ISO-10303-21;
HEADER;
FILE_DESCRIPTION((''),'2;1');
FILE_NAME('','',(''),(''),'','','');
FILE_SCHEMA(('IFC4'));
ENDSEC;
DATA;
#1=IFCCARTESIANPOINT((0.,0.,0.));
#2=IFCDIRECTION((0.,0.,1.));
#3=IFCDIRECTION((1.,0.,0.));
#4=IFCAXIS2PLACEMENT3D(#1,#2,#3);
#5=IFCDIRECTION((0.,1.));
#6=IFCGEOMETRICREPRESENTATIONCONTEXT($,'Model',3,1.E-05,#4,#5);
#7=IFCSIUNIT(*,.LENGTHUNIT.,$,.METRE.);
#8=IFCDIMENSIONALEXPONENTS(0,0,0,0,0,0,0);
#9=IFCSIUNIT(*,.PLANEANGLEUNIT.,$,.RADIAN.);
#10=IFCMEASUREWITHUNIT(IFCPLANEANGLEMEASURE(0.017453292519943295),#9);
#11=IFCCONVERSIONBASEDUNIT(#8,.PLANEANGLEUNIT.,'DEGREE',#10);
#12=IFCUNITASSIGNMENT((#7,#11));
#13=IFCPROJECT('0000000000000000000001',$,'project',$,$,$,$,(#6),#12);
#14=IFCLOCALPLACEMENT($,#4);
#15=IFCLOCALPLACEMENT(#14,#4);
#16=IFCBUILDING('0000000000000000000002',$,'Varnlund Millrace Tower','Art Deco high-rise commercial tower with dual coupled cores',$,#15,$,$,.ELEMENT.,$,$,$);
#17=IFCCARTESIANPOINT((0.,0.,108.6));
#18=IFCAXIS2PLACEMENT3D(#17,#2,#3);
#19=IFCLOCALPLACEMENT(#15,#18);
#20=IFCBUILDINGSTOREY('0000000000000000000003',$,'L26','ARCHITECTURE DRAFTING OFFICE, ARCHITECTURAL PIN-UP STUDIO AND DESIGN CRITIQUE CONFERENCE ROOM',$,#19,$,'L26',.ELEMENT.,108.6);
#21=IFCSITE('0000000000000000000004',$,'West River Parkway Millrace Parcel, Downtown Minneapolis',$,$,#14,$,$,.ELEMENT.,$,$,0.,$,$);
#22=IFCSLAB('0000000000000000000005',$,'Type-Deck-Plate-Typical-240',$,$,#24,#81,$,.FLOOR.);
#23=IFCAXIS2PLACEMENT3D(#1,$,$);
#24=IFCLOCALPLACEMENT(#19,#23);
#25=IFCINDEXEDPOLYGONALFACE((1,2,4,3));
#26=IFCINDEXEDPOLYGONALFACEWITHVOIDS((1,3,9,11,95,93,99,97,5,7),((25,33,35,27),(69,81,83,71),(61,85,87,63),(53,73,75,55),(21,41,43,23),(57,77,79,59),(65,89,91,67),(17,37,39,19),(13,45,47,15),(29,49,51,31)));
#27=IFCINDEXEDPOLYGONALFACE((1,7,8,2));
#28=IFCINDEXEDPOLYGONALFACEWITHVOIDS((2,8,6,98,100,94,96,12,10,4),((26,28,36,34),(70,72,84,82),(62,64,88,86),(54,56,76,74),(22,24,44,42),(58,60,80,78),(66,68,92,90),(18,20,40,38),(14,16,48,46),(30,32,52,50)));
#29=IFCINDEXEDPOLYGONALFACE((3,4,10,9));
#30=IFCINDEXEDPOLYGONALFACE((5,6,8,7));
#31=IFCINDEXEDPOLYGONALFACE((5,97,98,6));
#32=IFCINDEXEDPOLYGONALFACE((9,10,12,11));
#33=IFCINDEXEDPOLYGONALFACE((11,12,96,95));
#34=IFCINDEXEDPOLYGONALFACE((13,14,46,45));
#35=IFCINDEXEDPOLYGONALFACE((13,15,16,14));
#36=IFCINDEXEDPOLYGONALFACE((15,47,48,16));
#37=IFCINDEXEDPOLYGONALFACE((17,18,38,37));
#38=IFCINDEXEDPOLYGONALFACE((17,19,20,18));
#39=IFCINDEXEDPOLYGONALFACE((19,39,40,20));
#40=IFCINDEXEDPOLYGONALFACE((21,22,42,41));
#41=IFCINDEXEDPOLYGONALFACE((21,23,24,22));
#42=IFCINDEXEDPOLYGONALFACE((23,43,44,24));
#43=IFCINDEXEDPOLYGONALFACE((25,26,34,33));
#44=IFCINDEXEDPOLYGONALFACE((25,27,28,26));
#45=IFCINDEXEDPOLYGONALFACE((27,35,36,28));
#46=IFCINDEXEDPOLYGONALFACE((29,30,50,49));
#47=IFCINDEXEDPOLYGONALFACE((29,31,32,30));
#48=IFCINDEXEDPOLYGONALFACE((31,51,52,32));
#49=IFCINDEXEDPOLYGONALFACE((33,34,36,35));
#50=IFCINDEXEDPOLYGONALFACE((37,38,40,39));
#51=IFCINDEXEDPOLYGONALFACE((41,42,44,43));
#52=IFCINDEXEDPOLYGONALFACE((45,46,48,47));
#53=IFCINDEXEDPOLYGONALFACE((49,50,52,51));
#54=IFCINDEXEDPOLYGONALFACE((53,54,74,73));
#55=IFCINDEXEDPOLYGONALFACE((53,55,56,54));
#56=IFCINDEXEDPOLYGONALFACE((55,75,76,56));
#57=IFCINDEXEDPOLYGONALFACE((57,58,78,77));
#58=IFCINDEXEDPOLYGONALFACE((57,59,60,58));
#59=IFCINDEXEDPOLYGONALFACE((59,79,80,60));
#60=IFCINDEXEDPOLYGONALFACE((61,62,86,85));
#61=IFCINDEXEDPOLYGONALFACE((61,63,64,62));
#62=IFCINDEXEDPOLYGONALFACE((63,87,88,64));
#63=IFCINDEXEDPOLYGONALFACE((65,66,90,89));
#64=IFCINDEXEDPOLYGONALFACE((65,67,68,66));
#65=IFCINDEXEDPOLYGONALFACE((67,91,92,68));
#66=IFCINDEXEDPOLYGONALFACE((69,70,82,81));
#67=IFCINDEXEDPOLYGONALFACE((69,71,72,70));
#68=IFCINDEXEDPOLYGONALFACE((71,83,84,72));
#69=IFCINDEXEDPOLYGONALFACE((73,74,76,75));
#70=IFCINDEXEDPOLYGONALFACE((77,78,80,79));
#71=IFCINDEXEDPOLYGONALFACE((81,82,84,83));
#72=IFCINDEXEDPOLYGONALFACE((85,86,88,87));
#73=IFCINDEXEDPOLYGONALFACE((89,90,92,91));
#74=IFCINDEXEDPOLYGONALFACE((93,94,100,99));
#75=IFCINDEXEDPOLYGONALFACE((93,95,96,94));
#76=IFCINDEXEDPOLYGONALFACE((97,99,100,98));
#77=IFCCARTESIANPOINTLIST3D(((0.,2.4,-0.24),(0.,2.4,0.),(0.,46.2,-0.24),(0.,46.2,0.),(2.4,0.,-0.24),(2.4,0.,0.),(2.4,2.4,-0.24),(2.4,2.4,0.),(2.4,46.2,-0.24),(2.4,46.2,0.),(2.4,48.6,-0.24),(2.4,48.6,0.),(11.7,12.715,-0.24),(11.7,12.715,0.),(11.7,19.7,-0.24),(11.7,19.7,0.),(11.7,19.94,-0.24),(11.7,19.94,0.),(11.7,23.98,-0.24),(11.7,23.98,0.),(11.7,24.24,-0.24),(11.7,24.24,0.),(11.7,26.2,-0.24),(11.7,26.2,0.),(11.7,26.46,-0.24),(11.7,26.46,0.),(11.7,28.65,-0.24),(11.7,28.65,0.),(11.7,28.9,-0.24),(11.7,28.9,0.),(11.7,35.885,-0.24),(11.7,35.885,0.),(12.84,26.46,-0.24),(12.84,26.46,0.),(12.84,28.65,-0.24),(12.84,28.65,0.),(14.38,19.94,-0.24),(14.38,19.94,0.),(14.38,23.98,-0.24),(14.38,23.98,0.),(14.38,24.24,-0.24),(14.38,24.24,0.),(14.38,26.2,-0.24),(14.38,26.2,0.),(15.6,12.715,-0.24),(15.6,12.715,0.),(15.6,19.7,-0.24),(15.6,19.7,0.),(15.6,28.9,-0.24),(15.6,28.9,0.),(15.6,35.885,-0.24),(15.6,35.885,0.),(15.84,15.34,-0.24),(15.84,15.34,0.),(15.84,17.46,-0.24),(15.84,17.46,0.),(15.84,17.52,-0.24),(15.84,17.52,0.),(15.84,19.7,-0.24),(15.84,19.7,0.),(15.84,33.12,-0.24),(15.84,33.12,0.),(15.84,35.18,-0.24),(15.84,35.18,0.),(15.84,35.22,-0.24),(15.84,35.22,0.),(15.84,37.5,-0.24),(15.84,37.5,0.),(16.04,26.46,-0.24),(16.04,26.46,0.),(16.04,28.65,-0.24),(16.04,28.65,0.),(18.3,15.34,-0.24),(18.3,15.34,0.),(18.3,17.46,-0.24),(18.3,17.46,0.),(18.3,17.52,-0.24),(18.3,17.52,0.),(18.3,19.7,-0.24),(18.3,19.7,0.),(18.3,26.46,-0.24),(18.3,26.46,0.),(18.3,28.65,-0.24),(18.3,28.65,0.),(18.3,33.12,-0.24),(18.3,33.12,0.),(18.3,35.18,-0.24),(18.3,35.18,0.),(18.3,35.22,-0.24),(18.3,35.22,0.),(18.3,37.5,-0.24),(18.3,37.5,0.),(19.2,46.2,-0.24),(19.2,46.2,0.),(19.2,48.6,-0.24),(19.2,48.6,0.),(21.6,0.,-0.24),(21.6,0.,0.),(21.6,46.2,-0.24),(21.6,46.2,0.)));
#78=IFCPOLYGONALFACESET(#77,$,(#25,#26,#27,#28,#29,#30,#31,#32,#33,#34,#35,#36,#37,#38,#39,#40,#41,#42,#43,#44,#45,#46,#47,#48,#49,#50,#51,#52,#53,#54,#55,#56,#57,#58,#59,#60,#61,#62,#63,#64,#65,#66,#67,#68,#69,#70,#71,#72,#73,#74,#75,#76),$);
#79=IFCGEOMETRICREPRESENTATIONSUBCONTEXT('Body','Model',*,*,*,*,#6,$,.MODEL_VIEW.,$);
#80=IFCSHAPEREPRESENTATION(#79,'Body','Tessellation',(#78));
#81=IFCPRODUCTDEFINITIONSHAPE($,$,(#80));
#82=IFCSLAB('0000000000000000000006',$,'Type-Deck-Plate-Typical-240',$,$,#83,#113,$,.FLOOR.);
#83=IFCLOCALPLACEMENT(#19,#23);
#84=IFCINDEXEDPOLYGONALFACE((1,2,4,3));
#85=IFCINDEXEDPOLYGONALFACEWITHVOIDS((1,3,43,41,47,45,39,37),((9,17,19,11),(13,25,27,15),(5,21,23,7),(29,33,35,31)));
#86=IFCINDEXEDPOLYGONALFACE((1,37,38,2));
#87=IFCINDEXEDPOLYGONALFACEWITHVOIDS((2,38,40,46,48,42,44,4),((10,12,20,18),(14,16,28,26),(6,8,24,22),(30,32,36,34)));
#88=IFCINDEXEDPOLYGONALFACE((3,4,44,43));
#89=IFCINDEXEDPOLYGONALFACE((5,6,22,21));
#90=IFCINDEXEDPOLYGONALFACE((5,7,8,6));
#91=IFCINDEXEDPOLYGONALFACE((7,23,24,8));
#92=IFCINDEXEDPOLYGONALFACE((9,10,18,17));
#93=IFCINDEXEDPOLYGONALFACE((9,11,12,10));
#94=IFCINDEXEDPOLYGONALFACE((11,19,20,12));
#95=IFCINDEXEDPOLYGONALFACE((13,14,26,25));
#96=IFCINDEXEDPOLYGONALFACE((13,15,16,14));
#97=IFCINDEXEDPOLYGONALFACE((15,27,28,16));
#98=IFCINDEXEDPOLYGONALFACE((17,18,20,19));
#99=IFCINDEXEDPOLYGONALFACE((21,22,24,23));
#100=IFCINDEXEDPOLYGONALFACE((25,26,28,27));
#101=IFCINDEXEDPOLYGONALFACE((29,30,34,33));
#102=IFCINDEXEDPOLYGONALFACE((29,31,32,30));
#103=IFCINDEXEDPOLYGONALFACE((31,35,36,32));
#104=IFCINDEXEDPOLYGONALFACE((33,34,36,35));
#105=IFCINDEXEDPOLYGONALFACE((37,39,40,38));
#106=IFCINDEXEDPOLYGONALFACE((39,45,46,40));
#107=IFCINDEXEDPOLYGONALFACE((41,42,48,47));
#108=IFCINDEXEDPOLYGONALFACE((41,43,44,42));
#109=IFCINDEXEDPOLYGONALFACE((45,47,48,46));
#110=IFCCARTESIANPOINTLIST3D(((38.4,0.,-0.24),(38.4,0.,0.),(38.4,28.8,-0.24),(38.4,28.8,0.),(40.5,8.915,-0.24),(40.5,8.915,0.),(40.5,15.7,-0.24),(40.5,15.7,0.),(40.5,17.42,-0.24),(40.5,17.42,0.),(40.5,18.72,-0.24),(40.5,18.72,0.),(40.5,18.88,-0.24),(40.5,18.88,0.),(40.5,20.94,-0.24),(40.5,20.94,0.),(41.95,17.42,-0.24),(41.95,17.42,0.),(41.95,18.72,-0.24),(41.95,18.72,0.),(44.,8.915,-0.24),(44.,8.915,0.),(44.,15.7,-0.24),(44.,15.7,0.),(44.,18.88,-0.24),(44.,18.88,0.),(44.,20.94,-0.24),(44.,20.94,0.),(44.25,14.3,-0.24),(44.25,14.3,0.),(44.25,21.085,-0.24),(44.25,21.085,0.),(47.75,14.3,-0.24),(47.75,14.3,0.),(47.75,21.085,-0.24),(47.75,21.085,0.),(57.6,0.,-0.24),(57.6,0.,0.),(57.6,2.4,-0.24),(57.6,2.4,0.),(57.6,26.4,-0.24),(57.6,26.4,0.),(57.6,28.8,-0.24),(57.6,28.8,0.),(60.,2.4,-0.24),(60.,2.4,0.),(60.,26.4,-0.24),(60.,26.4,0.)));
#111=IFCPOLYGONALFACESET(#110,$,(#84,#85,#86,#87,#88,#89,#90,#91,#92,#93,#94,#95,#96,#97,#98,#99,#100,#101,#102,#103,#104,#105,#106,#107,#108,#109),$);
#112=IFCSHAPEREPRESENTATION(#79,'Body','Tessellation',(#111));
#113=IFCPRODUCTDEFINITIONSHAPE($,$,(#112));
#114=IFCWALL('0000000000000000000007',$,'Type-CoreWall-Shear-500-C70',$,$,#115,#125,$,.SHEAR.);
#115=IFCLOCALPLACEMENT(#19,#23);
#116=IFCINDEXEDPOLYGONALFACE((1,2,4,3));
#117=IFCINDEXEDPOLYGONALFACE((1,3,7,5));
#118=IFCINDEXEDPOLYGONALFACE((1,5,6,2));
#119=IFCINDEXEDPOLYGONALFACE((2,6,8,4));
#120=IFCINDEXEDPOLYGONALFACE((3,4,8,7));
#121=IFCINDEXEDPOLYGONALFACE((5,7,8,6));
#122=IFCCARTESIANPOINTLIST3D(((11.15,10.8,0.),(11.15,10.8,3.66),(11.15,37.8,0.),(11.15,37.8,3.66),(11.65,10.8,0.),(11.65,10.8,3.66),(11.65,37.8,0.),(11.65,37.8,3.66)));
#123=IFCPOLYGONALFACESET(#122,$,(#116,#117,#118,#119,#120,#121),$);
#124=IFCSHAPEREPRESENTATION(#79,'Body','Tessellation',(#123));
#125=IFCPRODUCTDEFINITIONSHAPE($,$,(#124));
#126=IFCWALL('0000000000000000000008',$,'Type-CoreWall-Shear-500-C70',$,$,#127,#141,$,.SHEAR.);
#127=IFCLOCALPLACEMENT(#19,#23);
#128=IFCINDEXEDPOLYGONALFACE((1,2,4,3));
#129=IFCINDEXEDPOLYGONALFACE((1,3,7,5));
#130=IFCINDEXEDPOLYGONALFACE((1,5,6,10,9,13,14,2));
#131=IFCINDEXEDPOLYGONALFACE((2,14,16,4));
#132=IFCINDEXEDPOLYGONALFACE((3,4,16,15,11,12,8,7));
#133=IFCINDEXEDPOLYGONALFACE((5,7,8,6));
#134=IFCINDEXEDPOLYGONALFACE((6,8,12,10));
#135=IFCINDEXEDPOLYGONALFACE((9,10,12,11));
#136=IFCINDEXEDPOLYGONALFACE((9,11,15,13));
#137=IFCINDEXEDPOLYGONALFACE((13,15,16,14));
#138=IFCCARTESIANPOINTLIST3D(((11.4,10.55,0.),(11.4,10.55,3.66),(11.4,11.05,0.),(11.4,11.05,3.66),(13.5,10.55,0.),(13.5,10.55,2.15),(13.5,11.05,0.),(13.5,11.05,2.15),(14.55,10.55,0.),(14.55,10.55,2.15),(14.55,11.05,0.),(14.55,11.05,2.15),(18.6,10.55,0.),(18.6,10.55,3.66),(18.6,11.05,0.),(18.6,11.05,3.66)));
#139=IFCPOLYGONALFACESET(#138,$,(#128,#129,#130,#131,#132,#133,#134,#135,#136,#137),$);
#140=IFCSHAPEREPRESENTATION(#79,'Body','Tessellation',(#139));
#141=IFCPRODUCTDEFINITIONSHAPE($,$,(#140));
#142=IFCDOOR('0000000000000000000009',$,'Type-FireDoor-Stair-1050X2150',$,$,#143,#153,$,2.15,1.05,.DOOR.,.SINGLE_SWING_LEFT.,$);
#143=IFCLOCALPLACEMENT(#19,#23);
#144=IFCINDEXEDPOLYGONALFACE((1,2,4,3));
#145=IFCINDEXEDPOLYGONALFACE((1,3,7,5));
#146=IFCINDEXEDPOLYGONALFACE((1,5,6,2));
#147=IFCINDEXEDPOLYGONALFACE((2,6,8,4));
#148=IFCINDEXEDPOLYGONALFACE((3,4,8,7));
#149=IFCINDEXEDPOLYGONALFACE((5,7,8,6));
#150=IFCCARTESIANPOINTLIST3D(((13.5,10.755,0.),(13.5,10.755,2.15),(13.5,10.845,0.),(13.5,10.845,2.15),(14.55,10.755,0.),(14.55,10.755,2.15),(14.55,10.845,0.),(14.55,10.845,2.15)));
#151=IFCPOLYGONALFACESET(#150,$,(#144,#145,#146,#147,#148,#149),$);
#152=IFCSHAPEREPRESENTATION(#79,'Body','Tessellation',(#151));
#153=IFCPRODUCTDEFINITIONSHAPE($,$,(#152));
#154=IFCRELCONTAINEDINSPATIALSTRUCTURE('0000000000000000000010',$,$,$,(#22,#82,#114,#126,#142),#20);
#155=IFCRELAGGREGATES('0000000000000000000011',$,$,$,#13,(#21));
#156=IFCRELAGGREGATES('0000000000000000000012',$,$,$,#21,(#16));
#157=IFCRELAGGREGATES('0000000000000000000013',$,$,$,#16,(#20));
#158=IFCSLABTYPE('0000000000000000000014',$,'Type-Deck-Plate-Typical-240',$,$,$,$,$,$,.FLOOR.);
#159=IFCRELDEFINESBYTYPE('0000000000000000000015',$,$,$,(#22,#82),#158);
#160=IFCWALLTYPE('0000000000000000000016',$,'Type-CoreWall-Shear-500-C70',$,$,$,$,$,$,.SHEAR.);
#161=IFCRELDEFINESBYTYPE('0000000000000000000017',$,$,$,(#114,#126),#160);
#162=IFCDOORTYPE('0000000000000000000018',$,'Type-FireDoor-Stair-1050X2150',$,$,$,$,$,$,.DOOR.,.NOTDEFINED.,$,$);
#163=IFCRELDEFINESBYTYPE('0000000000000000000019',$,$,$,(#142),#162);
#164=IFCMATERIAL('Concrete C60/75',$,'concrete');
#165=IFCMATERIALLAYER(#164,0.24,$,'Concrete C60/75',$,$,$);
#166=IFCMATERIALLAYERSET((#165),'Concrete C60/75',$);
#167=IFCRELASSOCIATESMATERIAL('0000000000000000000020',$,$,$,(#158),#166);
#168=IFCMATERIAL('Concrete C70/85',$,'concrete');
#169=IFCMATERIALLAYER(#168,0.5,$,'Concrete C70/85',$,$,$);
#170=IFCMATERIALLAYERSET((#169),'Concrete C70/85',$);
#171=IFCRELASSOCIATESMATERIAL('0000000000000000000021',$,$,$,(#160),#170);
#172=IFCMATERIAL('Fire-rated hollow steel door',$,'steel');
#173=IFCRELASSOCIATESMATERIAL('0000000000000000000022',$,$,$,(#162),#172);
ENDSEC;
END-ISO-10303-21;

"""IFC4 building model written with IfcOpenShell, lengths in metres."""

from ifc_helpers import new_model, entity, si_unit, converted_unit, direction, frame, origin_with_axes, origin_2d_with_axis, place, context, subcontext, project, spatial, polyline, rectangle, outline, extrude, material, layer, layer_set, type_object, element, fill, save


model = new_model("IFC4")

# Units and contexts
model_context = context("Model", 3, precision=1e-05, world=origin_with_axes(), true_north=direction((0.0, 1.0)))
body_context = subcontext(model_context, "Body", "Model", "MODEL_VIEW")
ifc_project = project(units=[si_unit("LENGTHUNIT", "METRE"), converted_unit("PLANEANGLEUNIT", "DEGREE", entity("IfcPlaneAngleMeasure", 0.017453292519943295), si_unit("PLANEANGLEUNIT", "RADIAN"), dimensions=[0, 0, 0, 0, 0, 0, 0])], contexts=[model_context])

# Site, building, storey
site_placement = place(None, origin_with_axes())
site = spatial("IfcSite", under=ifc_project, at=site_placement, Name="West River Parkway Millrace Parcel, Downtown Minneapolis", CompositionType="ELEMENT", RefElevation=0.0)
building_placement = place(site_placement, origin_with_axes())
building = spatial("IfcBuilding", under=site, at=building_placement, Name="Varnlund Millrace Tower", Description="Art Deco high-rise commercial tower with dual coupled cores", CompositionType="ELEMENT")
storey_placement = place(building_placement, frame((0.0, 0.0, 108.6), z_axis=(0.0, 0.0, 1.0), x_axis=(1.0, 0.0, 0.0)))
storey = spatial("IfcBuildingStorey", under=building, at=storey_placement, Name="L26", Description="ARCHITECTURE DRAFTING OFFICE, ARCHITECTURAL PIN-UP STUDIO AND DESIGN CRITIQUE CONFERENCE ROOM", LongName="L26", CompositionType="ELEMENT", Elevation=108.6)

# Slabs
ifc_material_1 = material(Name="Concrete C60/75", Category="concrete")
ifc_layer_1 = layer(ifc_material_1, 0.24, Name="Concrete C60/75")
ifc_layer_set_1 = layer_set([ifc_layer_1], Name="Concrete C60/75")
slab_type = type_object("IfcSlabType", Name="Type-Deck-Plate-Typical-240", PredefinedType="FLOOR", material=ifc_layer_set_1)
slab_1_placement = place(storey_placement, frame((0.0, 0.0, -0.24), z_axis=(0.0, 0.0, 1.0), x_axis=(1.0, 0.0, 0.0)))
element("IfcSlab", 1, at=slab_1_placement, inside=storey, type_object=slab_type, Name="Type-Deck-Plate-Typical-240", PredefinedType="FLOOR", context=body_context, shape_type="SweptSolid", body=[
    extrude(outline(polyline([(2.4, 2.4), (2.4, 0.0), (21.6, 0.0), (21.6, 46.2), (19.2, 46.2), (19.2, 48.6), (2.4, 48.6), (2.4, 46.2), (0.0, 46.2), (0.0, 2.4), (2.4, 2.4)]), holes=[polyline([(15.6, 19.7), (15.6, 12.715), (11.7, 12.715), (11.7, 19.7), (15.6, 19.7)]), polyline([(11.7, 23.98), (14.38, 23.98), (14.38, 19.94), (11.7, 19.94), (11.7, 23.98)]), polyline([(14.38, 24.24), (11.7, 24.24), (11.7, 26.2), (14.38, 26.2), (14.38, 24.24)]), polyline([(12.84, 26.46), (11.7, 26.46), (11.7, 28.65), (12.84, 28.65), (12.84, 26.46)]), polyline([(15.6, 35.885), (15.6, 28.9), (11.7, 28.9), (11.7, 35.885), (15.6, 35.885)]), polyline([(18.3, 15.34), (15.84, 15.34), (15.84, 17.46), (18.3, 17.46), (18.3, 15.34)]), polyline([(18.3, 17.52), (15.84, 17.52), (15.84, 19.7), (18.3, 19.7), (18.3, 17.52)]), polyline([(18.3, 28.65), (18.3, 26.46), (16.04, 26.46), (16.04, 28.65), (18.3, 28.65)]), polyline([(18.3, 33.12), (15.84, 33.12), (15.84, 35.18), (18.3, 35.18), (18.3, 33.12)]), polyline([(18.3, 35.22), (15.84, 35.22), (15.84, 37.5), (18.3, 37.5), (18.3, 35.22)])]), origin_with_axes(), (0.0, 0.0, 1.0), 0.24),
])
slab_2_placement = place(storey_placement, frame((0.0, 0.0, -0.24), z_axis=(0.0, 0.0, 1.0), x_axis=(1.0, 0.0, 0.0)))
element("IfcSlab", 2, at=slab_2_placement, inside=storey, type_object=slab_type, Name="Type-Deck-Plate-Typical-240", PredefinedType="FLOOR", context=body_context, shape_type="SweptSolid", body=[
    extrude(outline(polyline([(38.4, 0.0), (57.6, 0.0), (57.6, 2.4), (60.0, 2.4), (60.0, 26.4), (57.6, 26.4), (57.6, 28.8), (38.4, 28.8), (38.4, 0.0)]), holes=[polyline([(40.5, 15.7), (44.0, 15.7), (44.0, 8.915), (40.5, 8.915), (40.5, 15.7)]), polyline([(44.25, 21.085), (47.75, 21.085), (47.75, 14.3), (44.25, 14.3), (44.25, 21.085)]), polyline([(40.5, 18.72), (41.95, 18.72), (41.95, 17.42), (40.5, 17.42), (40.5, 18.72)]), polyline([(40.5, 20.94), (44.0, 20.94), (44.0, 18.88), (40.5, 18.88), (40.5, 20.94)])]), origin_with_axes(), (0.0, 0.0, 1.0), 0.24),
])

# Wall
ifc_material_2 = material(Name="Concrete C70/85", Category="concrete")
ifc_layer_2 = layer(ifc_material_2, 0.5, Name="Concrete C70/85")
ifc_layer_set_2 = layer_set([ifc_layer_2], Name="Concrete C70/85")
wall_type = type_object("IfcWallType", Name="Type-CoreWall-Shear-500-C70", PredefinedType="SHEAR", material=ifc_layer_set_2)
wall_1_placement = place(storey_placement, frame((11.4, 10.8, 0.0), z_axis=(0.0, 0.0, 1.0), x_axis=(0.0, 1.0, 0.0)))
element("IfcWall", 3, at=wall_1_placement, inside=storey, type_object=wall_type, Name="Type-CoreWall-Shear-500-C70", PredefinedType="SHEAR", context=body_context, shape_type="SweptSolid", body=[
    extrude(outline(polyline([(0.0, -0.25), (27.0, -0.25), (27.0, 0.25), (0.0, 0.25), (0.0, -0.25)])), origin_with_axes(), (0.0, 0.0, 1.0), 3.66),
])

# Wall, opening, door
wall_2_placement = place(storey_placement, frame((11.4, 10.8, 0.0), z_axis=(0.0, 0.0, 1.0), x_axis=(1.0, 0.0, 0.0)))
wall_2 = element("IfcWall", 4, at=wall_2_placement, inside=storey, type_object=wall_type, Name="Type-CoreWall-Shear-500-C70", PredefinedType="SHEAR", context=body_context, shape_type="SweptSolid", body=[
    extrude(outline(polyline([(0.0, -0.25), (7.2, -0.25), (7.2, 0.25), (0.0, 0.25), (0.0, -0.25)])), origin_with_axes(), (0.0, 0.0, 1.0), 3.66),
])
opening_1_placement = place(wall_2_placement, frame((2.625, 0.0, 0.0), z_axis=(0.0, 0.0, 1.0), x_axis=(1.0, 0.0, 0.0)))
opening_1 = element("IfcOpeningElement", 5, at=opening_1_placement, cuts=wall_2, PredefinedType="OPENING", context=body_context, shape_type="SweptSolid", body=[
    extrude(rectangle(XDim=1.05, YDim=0.52, at=origin_2d_with_axis()), origin_with_axes(), (0.0, 0.0, 1.0), 2.15),
])
ifc_material_3 = material(Name="Fire-rated hollow steel door", Category="steel")
door_type = type_object("IfcDoorType", Name="Type-FireDoor-Stair-1050X2150", OperationType="NOTDEFINED", PredefinedType="DOOR", material=ifc_material_3)
door_1_placement = place(wall_2_placement, frame((2.625, 0.0, 0.0), z_axis=(0.0, 0.0, 1.0), x_axis=(1.0, 0.0, 0.0)))
door_1 = element("IfcDoor", 6, at=door_1_placement, inside=storey, type_object=door_type, Name="Type-FireDoor-Stair-1050X2150", OperationType="SINGLE_SWING_LEFT", OverallHeight=2.15, OverallWidth=1.05, PredefinedType="DOOR", context=body_context, shape_type="SweptSolid", body=[
    extrude(rectangle(XDim=1.05, YDim=0.09, at=origin_2d_with_axis()), origin_with_axes(), (0.0, 0.0, 1.0), 2.15),
])
fill(opening_1, door_1)

save(model, "model.ifc")
